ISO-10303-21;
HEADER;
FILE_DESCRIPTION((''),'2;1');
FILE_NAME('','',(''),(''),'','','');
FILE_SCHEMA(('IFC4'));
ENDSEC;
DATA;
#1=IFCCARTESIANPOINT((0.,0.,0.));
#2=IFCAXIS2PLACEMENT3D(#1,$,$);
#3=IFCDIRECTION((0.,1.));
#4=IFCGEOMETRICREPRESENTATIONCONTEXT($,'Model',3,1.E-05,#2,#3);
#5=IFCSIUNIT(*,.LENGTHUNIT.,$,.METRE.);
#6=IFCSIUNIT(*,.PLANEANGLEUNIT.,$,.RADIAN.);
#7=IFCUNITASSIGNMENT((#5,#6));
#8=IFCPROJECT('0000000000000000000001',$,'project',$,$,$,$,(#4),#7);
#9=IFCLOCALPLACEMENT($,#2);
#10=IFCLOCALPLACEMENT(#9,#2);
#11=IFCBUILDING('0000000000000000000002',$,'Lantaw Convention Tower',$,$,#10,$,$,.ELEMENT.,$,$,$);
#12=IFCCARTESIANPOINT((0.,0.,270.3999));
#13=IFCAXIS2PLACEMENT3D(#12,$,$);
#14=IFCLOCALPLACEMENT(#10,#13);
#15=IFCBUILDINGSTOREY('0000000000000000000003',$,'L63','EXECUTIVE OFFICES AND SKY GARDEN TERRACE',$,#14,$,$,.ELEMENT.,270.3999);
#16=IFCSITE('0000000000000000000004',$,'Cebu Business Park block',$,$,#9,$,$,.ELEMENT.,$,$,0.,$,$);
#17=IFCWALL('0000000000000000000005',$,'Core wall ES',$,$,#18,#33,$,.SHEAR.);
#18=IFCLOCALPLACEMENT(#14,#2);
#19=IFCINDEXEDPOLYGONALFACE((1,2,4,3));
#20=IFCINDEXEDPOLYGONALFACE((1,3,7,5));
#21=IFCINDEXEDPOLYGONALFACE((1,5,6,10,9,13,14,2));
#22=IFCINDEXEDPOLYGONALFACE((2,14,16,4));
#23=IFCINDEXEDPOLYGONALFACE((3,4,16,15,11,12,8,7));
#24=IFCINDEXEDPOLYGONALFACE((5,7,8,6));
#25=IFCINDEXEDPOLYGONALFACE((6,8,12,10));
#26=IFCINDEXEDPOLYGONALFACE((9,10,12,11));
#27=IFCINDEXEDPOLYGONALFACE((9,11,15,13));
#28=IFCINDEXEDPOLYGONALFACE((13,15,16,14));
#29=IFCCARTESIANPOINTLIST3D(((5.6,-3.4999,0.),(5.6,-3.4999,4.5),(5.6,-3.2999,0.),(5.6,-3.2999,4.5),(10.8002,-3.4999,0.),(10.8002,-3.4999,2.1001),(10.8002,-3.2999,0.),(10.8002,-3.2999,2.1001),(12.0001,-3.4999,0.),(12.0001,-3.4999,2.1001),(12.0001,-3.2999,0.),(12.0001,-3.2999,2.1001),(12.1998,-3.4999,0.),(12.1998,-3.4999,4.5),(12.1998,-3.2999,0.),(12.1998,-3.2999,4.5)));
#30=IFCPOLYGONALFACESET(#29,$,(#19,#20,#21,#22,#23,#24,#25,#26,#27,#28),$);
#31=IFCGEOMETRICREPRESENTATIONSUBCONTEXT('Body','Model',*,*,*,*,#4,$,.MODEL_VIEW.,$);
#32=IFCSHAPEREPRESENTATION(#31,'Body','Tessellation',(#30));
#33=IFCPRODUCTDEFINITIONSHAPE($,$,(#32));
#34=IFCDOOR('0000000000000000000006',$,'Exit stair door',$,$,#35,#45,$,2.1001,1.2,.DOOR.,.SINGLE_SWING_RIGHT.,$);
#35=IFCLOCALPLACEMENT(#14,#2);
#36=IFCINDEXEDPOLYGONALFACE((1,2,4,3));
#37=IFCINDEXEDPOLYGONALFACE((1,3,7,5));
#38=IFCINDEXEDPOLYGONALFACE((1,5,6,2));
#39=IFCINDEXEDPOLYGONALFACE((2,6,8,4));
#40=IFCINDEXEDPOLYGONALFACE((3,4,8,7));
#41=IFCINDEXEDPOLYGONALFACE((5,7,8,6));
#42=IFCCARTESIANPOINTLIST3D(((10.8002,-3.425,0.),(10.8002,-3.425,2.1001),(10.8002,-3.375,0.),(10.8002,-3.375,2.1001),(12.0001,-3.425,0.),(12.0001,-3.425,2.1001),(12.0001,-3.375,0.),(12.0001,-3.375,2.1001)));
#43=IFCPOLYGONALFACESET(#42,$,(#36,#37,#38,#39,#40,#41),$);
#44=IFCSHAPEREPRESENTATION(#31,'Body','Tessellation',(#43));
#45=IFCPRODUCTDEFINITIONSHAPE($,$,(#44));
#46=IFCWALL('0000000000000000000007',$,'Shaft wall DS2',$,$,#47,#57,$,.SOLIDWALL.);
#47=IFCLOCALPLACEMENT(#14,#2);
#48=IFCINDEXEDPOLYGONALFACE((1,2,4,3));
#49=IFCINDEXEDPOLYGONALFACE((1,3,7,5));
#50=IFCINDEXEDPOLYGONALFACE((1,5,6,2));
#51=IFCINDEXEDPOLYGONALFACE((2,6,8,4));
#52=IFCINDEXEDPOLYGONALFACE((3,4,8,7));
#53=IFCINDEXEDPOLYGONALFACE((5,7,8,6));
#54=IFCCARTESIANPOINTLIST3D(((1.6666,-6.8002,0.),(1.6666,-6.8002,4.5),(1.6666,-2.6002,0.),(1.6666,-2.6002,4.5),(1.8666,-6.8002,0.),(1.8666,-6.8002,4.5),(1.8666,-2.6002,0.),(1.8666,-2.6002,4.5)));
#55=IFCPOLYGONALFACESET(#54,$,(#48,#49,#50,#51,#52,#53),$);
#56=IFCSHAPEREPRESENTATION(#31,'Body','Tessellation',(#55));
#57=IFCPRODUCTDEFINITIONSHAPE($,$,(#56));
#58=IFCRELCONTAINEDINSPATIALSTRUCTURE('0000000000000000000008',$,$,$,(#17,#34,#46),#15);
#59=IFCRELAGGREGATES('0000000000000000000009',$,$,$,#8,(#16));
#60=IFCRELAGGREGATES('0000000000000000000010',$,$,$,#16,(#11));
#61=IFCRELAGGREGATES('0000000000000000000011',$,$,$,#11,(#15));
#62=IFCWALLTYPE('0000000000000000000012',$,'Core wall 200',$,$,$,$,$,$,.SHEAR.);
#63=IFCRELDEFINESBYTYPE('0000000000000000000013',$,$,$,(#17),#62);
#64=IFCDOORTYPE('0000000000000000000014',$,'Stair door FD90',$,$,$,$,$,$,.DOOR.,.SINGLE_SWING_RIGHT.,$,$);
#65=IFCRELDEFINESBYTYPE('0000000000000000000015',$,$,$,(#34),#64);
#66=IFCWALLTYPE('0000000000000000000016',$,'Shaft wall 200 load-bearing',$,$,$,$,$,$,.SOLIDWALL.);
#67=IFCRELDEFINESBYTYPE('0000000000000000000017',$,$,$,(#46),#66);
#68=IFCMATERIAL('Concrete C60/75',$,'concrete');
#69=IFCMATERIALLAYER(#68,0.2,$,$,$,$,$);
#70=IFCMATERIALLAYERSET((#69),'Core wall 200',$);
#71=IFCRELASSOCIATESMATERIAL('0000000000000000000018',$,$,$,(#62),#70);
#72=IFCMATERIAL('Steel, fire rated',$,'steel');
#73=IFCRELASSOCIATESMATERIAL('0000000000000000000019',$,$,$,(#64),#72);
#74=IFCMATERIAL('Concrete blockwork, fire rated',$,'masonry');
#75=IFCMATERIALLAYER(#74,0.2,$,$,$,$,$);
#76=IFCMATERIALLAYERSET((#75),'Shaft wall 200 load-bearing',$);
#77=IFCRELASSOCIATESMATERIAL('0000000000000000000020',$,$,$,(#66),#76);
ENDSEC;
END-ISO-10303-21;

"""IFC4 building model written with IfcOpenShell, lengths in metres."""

from ifc_helpers import new_model, si_unit, direction, frame, frame_2d, origin, place, context, subcontext, project, spatial, rectangle, extrude, material, layer, layer_set, type_object, element, fill, save


model = new_model("IFC4")

# Units and contexts
model_context = context("Model", 3, precision=1e-05, world=origin(), true_north=direction((0.0, 1.0)))
body_context = subcontext(model_context, "Body", "Model", "MODEL_VIEW")
ifc_project = project(units=[si_unit("LENGTHUNIT", "METRE"), si_unit("PLANEANGLEUNIT", "RADIAN")], contexts=[model_context])

# Site, building, storey
site_placement = place(None, origin())
site = spatial("IfcSite", under=ifc_project, at=site_placement, Name="Cebu Business Park block", CompositionType="ELEMENT", RefElevation=0.0)
building_placement = place(site_placement, origin())
building = spatial("IfcBuilding", under=site, at=building_placement, Name="Lantaw Convention Tower", CompositionType="ELEMENT")
storey_placement = place(building_placement, frame((0.0, 0.0, 270.3999)))
storey = spatial("IfcBuildingStorey", under=building, at=storey_placement, Name="L63", Description="EXECUTIVE OFFICES AND SKY GARDEN TERRACE", CompositionType="ELEMENT", Elevation=270.3999)

# Wall, opening, door
ifc_material_1 = material(Name="Concrete C60/75", Category="concrete")
ifc_layer_1 = layer(ifc_material_1, 0.2)
ifc_layer_set_1 = layer_set([ifc_layer_1], Name="Core wall 200")
wall_type_1 = type_object("IfcWallType", Name="Core wall 200", PredefinedType="SHEAR", material=ifc_layer_set_1)
wall_1_placement = place(storey_placement, frame((5.6001, -3.3999, 0.0), z_axis=(0.0, 0.0, 1.0), x_axis=(1.0, 0.0, 0.0)))
wall_1 = element("IfcWall", 1, at=wall_1_placement, inside=storey, type_object=wall_type_1, Name="Core wall ES", PredefinedType="SHEAR", context=body_context, shape_type="SweptSolid", body=[
    extrude(rectangle(XDim=6.5999, YDim=0.2, at=frame_2d((3.2998, 0.0))), origin(), (0.0, 0.0, 1.0), 4.5),
])
opening_placement = place(wall_1_placement, frame((5.2, 0.0, 0.0)))
opening = element("IfcOpeningElement", 2, at=opening_placement, cuts=wall_1, PredefinedType="OPENING", context=body_context, shape_type="SweptSolid", body=[
    extrude(rectangle(XDim=1.2, YDim=2.1001, at=frame_2d((0.6001, 1.05))), frame((0.0, 0.1099, 0.0), z_axis=(0.0, -1.0, 0.0), x_axis=(1.0, 0.0, 0.0)), (0.0, 0.0, 1.0), 0.22),
])
ifc_material_2 = material(Name="Steel, fire rated", Category="steel")
door_type = type_object("IfcDoorType", Name="Stair door FD90", OperationType="SINGLE_SWING_RIGHT", PredefinedType="DOOR", material=ifc_material_2)
door_placement = place(opening_placement, origin())
door = element("IfcDoor", 3, at=door_placement, inside=storey, type_object=door_type, Name="Exit stair door", OperationType="SINGLE_SWING_RIGHT", OverallHeight=2.1001, OverallWidth=1.2, PredefinedType="DOOR", context=body_context, shape_type="SweptSolid", body=[
    extrude(rectangle(XDim=1.2, YDim=2.1001, at=frame_2d((0.6001, 1.05))), frame((0.0, 0.0249, 0.0), z_axis=(0.0, -1.0, 0.0), x_axis=(1.0, 0.0, 0.0)), (0.0, 0.0, 1.0), 0.05),
])
fill(opening, door)

# Wall
ifc_material_3 = material(Name="Concrete blockwork, fire rated", Category="masonry")
ifc_layer_2 = layer(ifc_material_3, 0.2)
ifc_layer_set_2 = layer_set([ifc_layer_2], Name="Shaft wall 200 load-bearing")
wall_type_2 = type_object("IfcWallType", Name="Shaft wall 200 load-bearing", PredefinedType="SOLIDWALL", material=ifc_layer_set_2)
wall_2_placement = place(storey_placement, frame((1.7666, -2.6001, 0.0), z_axis=(0.0, 0.0, 1.0), x_axis=(0.0, -1.0, 0.0)))
element("IfcWall", 4, at=wall_2_placement, inside=storey, type_object=wall_type_2, Name="Shaft wall DS2", PredefinedType="SOLIDWALL", context=body_context, shape_type="SweptSolid", body=[
    extrude(rectangle(XDim=4.2, YDim=0.2, at=frame_2d((2.1001, 0.0))), origin(), (0.0, 0.0, 1.0), 4.5),
])

save(model, "model.ifc")
